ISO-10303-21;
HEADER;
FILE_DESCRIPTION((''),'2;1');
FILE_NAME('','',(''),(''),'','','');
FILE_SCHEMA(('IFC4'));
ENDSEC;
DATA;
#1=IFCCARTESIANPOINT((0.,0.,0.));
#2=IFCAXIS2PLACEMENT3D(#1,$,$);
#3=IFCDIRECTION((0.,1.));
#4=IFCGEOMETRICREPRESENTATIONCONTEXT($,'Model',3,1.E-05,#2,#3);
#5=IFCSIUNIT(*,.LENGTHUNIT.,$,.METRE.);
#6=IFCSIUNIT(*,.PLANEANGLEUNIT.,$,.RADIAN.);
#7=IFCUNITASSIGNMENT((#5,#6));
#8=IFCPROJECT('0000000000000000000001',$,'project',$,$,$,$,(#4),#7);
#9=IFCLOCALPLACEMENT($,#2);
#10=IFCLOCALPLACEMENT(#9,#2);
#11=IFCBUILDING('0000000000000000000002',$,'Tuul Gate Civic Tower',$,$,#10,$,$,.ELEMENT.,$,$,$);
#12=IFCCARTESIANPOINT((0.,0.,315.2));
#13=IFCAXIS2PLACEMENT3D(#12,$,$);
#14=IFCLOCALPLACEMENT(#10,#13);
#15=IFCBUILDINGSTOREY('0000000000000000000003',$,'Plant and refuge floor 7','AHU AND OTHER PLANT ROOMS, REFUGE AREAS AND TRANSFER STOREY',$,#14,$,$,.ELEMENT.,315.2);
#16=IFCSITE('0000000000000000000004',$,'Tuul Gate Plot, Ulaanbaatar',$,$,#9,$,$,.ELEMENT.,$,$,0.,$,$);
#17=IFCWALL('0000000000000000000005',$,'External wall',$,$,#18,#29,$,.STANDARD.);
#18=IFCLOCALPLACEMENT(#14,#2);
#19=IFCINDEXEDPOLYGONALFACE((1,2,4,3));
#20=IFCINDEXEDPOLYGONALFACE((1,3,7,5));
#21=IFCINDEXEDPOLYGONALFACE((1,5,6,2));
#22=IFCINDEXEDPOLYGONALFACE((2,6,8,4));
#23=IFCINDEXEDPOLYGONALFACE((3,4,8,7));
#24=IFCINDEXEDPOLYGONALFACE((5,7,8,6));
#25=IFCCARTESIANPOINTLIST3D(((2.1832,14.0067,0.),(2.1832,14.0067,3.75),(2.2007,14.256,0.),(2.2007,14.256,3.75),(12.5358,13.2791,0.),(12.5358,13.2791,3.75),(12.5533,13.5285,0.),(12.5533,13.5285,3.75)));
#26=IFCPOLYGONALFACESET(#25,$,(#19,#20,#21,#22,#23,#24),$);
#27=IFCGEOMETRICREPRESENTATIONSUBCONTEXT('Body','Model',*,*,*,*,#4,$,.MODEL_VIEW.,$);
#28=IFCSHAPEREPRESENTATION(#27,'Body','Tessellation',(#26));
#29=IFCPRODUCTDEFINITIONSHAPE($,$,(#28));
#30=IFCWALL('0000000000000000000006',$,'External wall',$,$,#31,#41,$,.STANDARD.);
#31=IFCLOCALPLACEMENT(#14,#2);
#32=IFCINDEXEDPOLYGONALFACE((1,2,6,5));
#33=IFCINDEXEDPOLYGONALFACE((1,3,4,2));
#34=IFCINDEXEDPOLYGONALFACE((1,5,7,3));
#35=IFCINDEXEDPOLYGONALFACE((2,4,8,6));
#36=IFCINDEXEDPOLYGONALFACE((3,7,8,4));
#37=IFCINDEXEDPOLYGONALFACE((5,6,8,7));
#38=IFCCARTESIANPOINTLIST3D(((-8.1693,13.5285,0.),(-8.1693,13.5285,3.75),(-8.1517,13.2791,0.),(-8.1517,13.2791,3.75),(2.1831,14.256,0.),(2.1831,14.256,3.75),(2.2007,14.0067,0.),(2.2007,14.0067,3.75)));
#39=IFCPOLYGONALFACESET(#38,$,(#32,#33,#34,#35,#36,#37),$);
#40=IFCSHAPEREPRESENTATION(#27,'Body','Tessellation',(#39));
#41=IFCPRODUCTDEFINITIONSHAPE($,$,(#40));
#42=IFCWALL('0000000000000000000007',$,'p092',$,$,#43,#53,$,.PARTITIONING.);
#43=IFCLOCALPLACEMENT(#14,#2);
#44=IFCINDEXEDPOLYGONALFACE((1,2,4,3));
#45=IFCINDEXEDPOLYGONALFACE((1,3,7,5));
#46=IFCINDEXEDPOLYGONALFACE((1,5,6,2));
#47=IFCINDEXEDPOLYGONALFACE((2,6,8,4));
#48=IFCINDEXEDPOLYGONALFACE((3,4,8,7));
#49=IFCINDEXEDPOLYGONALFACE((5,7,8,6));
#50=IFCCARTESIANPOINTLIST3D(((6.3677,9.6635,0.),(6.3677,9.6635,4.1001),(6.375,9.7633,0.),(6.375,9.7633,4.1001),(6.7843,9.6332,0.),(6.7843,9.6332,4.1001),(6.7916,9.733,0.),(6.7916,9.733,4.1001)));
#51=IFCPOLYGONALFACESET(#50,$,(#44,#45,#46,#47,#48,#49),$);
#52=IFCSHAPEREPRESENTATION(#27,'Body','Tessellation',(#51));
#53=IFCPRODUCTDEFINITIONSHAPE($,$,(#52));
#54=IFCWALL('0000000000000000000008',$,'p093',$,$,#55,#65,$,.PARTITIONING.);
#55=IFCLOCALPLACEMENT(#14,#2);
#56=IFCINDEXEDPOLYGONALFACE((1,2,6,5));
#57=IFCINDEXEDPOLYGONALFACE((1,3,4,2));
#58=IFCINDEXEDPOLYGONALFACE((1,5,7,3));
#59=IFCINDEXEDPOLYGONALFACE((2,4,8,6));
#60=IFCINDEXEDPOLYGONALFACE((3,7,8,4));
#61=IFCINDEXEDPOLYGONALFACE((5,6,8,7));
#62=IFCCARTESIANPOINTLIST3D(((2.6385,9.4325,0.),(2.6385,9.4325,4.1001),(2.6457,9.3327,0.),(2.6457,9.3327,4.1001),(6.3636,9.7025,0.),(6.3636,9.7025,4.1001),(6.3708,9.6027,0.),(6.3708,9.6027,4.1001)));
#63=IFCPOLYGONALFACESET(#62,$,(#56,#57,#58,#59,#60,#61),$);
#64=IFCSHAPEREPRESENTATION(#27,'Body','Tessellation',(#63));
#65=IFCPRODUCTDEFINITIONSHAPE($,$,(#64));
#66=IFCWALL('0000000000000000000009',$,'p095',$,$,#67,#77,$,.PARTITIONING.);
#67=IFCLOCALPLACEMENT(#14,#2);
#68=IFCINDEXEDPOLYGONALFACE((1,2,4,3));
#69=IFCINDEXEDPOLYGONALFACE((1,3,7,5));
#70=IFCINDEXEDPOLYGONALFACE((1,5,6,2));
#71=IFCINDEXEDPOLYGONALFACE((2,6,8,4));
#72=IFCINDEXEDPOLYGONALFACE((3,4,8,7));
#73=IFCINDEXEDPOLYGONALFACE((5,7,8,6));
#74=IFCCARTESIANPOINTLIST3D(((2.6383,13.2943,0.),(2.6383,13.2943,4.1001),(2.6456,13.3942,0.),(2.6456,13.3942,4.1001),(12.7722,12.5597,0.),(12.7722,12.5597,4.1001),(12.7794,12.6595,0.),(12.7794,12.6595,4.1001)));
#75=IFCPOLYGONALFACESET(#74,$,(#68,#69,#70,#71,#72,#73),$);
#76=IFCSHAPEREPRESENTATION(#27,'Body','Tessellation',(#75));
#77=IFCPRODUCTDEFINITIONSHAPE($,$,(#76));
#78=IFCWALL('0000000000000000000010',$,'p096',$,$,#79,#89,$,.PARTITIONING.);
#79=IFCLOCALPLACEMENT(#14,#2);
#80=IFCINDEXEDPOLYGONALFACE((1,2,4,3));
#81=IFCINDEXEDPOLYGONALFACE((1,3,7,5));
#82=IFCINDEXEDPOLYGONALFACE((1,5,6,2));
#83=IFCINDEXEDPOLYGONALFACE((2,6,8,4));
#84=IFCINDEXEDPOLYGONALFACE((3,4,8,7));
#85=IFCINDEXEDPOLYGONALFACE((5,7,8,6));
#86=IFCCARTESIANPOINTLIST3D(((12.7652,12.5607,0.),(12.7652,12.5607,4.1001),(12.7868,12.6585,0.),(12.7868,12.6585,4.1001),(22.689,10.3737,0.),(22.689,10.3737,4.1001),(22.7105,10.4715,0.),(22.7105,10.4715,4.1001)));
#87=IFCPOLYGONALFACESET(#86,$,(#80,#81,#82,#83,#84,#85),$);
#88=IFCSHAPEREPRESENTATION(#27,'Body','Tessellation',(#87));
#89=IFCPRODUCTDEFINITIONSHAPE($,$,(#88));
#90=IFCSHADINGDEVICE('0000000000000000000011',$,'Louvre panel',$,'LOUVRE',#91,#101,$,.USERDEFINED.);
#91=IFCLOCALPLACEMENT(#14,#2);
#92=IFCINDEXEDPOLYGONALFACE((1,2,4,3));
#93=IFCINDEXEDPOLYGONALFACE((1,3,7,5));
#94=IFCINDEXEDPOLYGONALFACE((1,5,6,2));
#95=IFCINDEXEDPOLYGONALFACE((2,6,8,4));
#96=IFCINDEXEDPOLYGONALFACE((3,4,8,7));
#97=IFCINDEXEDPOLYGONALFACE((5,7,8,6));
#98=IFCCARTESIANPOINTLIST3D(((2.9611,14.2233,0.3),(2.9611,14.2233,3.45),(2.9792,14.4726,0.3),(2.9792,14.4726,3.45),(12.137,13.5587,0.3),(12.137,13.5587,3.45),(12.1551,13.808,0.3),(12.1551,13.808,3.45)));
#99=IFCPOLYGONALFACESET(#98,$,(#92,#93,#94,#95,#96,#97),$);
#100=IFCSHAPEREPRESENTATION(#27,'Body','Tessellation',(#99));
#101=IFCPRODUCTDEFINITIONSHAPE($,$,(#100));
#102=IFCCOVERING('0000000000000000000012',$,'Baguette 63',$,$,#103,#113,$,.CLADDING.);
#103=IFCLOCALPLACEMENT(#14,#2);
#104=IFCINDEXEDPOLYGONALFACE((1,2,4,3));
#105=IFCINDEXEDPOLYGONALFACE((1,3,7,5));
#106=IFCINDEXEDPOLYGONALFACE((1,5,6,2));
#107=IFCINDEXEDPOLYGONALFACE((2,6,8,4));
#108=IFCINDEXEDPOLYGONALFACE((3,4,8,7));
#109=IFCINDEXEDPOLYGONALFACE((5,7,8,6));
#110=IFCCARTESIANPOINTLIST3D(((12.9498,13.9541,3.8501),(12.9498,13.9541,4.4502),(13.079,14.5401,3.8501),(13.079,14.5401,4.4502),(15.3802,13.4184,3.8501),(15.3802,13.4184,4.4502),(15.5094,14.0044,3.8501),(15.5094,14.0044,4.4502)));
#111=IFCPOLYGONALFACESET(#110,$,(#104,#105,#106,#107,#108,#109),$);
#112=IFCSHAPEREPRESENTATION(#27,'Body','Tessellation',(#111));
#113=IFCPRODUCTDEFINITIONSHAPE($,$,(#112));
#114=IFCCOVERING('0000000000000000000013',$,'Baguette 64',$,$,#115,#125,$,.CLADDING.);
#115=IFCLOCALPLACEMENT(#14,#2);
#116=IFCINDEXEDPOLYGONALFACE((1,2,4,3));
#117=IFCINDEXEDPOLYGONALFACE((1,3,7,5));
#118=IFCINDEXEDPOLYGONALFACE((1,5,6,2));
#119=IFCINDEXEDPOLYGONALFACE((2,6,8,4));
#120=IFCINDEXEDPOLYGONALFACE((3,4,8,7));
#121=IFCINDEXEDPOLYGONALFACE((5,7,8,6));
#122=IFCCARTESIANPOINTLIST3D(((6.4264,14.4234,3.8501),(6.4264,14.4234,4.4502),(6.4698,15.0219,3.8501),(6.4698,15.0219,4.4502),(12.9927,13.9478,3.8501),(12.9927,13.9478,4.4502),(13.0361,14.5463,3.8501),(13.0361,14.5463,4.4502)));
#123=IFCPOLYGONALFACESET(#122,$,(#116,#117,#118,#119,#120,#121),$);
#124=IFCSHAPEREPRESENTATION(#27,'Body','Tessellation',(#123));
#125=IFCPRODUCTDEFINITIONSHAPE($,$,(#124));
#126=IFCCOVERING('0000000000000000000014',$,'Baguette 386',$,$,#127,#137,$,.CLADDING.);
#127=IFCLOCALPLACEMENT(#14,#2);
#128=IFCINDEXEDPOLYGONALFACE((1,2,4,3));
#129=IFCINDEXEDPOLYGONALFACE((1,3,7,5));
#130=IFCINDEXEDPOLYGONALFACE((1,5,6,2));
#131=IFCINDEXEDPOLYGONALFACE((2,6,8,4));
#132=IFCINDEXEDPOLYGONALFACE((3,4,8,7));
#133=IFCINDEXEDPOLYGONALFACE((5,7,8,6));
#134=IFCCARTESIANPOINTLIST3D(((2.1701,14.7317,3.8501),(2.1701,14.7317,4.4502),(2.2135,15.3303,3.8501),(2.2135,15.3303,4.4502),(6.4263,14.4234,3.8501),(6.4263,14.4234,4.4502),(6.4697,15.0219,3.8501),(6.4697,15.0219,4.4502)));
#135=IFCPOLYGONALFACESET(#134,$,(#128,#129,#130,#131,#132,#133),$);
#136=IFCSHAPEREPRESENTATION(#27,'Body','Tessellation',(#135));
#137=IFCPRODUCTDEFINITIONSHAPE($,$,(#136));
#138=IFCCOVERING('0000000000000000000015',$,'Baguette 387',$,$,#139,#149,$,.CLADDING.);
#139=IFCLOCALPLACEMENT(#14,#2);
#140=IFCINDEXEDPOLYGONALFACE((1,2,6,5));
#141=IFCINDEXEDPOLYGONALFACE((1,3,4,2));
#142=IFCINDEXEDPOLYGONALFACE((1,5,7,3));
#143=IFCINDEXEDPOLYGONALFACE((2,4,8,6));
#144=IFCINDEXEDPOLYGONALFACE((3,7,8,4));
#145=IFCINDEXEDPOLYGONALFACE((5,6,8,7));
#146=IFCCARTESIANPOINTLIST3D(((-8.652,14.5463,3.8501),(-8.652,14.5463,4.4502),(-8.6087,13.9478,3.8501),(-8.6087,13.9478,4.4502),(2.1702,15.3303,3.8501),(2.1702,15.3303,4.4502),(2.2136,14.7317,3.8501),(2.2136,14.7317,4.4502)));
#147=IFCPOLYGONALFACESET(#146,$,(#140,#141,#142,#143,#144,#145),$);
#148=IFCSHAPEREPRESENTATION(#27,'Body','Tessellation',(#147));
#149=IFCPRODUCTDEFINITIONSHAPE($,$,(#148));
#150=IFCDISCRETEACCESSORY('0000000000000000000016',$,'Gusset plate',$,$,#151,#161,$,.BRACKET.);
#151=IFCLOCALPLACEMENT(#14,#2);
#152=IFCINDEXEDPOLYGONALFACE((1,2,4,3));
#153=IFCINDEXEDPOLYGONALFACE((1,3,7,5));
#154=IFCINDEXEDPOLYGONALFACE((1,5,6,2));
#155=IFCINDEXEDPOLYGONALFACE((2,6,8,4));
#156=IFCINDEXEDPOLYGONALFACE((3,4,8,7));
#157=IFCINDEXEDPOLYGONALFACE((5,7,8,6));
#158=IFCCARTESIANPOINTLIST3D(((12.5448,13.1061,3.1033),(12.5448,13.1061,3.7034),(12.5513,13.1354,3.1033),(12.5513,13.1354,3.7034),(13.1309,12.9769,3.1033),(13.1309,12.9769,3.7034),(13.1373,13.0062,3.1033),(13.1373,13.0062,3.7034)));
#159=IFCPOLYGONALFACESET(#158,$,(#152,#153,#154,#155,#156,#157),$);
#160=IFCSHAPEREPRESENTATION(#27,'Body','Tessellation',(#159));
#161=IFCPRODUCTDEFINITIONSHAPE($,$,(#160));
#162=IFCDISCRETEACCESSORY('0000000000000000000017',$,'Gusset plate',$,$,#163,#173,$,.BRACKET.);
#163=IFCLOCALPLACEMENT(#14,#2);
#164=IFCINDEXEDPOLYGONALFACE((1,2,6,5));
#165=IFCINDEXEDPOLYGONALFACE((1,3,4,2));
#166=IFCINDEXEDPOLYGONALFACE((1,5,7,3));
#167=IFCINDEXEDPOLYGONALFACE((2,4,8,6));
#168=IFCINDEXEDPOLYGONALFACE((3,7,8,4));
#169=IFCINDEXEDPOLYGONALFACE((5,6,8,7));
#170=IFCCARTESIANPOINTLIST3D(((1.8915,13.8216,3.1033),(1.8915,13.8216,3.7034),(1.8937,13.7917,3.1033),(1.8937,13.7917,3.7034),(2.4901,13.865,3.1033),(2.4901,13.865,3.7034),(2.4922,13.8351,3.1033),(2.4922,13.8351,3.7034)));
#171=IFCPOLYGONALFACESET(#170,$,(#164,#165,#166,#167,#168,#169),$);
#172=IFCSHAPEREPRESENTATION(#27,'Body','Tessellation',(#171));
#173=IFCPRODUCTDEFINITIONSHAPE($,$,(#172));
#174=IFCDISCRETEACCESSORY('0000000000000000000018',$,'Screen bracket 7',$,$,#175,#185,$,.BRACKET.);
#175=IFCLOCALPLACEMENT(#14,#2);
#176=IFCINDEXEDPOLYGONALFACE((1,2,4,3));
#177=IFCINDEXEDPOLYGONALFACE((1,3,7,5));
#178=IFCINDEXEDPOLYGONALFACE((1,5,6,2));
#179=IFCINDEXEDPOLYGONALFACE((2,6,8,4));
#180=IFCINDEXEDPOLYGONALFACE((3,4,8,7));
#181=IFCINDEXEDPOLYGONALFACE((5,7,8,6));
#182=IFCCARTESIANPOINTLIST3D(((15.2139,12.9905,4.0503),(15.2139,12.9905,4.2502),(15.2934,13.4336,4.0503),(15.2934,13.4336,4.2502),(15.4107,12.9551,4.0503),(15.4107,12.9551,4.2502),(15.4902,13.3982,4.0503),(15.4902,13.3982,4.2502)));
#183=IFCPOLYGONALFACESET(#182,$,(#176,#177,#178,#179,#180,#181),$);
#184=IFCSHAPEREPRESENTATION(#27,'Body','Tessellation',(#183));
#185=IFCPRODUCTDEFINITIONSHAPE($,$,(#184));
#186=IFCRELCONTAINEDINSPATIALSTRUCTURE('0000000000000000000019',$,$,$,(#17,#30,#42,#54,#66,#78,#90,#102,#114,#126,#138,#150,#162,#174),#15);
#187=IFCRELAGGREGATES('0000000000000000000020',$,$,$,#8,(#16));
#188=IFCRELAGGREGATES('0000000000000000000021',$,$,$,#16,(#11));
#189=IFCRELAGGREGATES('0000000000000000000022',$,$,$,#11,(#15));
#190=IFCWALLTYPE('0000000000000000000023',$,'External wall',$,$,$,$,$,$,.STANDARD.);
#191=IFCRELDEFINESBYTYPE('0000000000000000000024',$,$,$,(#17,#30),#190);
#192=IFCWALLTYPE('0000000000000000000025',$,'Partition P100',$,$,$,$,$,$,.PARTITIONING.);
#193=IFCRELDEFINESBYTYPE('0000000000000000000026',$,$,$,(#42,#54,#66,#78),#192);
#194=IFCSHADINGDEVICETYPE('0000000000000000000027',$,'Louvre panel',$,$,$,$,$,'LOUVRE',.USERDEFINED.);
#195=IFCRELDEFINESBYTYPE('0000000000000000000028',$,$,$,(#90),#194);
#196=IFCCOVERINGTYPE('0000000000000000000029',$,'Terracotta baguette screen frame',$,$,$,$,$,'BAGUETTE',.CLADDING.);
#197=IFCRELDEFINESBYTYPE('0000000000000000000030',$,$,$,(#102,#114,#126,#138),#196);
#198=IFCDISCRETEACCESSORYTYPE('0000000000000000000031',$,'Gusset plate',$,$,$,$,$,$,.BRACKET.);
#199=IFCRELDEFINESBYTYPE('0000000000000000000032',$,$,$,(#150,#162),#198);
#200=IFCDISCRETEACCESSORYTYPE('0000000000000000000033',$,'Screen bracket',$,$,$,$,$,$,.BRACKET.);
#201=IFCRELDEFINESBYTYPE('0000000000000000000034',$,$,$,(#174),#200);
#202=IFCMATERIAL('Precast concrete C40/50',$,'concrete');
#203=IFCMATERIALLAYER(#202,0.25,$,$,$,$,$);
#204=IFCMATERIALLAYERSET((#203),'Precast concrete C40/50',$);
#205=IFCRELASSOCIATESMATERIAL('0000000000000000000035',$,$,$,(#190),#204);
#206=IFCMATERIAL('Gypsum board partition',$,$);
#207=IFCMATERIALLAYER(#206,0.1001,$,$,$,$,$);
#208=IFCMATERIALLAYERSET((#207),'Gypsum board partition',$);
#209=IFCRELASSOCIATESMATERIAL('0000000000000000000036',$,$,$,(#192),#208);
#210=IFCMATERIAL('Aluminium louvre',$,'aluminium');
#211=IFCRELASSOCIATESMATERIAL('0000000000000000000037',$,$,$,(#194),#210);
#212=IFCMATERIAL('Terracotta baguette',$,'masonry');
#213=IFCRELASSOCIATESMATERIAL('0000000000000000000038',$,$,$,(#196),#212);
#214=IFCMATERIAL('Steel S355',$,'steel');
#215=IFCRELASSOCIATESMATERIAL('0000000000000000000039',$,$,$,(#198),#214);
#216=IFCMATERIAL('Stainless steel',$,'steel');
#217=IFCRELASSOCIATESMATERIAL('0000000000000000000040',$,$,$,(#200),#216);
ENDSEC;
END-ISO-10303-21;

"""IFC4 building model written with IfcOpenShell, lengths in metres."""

from ifc_helpers import new_model, si_unit, direction, frame, frame_2d, origin, origin_2d, place, context, subcontext, project, spatial, rectangle, extrude, material, layer, layer_set, material_profile, profile_set, type_object, element, save


model = new_model("IFC4")

# Units and contexts
model_context = context("Model", 3, precision=1e-05, world=origin(), true_north=direction((0.0, 1.0)))
body_context = subcontext(model_context, "Body", "Model", "MODEL_VIEW")
ifc_project = project(units=[si_unit("LENGTHUNIT", "METRE"), si_unit("PLANEANGLEUNIT", "RADIAN")], contexts=[model_context])

# Site, building, storey
site_placement = place(None, origin())
site = spatial("IfcSite", under=ifc_project, at=site_placement, Name="Tuul Gate Plot, Ulaanbaatar", CompositionType="ELEMENT", RefElevation=0.0)
building_placement = place(site_placement, origin())
building = spatial("IfcBuilding", under=site, at=building_placement, Name="Tuul Gate Civic Tower", CompositionType="ELEMENT")
storey_placement = place(building_placement, frame((0.0, 0.0, 315.2)))
storey = spatial("IfcBuildingStorey", under=building, at=storey_placement, Name="Plant and refuge floor 7", Description="AHU AND OTHER PLANT ROOMS, REFUGE AREAS AND TRANSFER STOREY", CompositionType="ELEMENT", Elevation=315.2)

# Walls
ifc_material_1 = material(Name="Precast concrete C40/50", Category="concrete")
ifc_layer_1 = layer(ifc_material_1, 0.25)
ifc_layer_set_1 = layer_set([ifc_layer_1], Name="Precast concrete C40/50")
wall_type_1 = type_object("IfcWallType", Name="External wall", PredefinedType="STANDARD", material=ifc_layer_set_1)
wall_1_placement = place(storey_placement, frame((12.5444, 13.4038, 0.0), z_axis=(0.0, 0.0, 1.0), x_axis=(-0.99754, 0.070103, 0.0)))
element("IfcWall", 1, at=wall_1_placement, inside=storey, type_object=wall_type_1, Name="External wall", PredefinedType="STANDARD", context=body_context, shape_type="SweptSolid", body=[
    extrude(rectangle(XDim=10.3782, YDim=0.25, at=frame_2d((5.189, 0.0))), origin(), (0.0, 0.0, 1.0), 3.75),
])
wall_2_placement = place(storey_placement, frame((2.1919, 14.1313, 0.0), z_axis=(0.0, 0.0, 1.0), x_axis=(-0.99754, -0.070105, 0.0)))
element("IfcWall", 2, at=wall_2_placement, inside=storey, type_object=wall_type_1, Name="External wall", PredefinedType="STANDARD", context=body_context, shape_type="SweptSolid", body=[
    extrude(rectangle(XDim=10.3779, YDim=0.25, at=frame_2d((5.189, 0.0))), origin(), (0.0, 0.0, 1.0), 3.75),
])
ifc_material_2 = material(Name="Gypsum board partition")
ifc_layer_2 = layer(ifc_material_2, 0.1001)
ifc_layer_set_2 = layer_set([ifc_layer_2], Name="Gypsum board partition")
wall_type_2 = type_object("IfcWallType", Name="Partition P100", PredefinedType="PARTITIONING", material=ifc_layer_set_2)
wall_3_placement = place(storey_placement, frame((6.7881, 9.6831, 0.0), z_axis=(0.0, 0.0, 1.0), x_axis=(-0.997369, 0.072493, 0.0)))
element("IfcWall", 3, at=wall_3_placement, inside=storey, type_object=wall_type_2, Name="p092", PredefinedType="PARTITIONING", context=body_context, shape_type="SweptSolid", body=[
    extrude(rectangle(XDim=0.4177, YDim=0.1001, at=frame_2d((0.209, 0.0))), origin(), (0.0, 0.0, 1.0), 4.1001),
])
wall_4_placement = place(storey_placement, frame((6.3672, 9.6526, 0.0), z_axis=(0.0, 0.0, 1.0), x_axis=(-0.997383, -0.072297, 0.0)))
element("IfcWall", 4, at=wall_4_placement, inside=storey, type_object=wall_type_2, Name="p093", PredefinedType="PARTITIONING", context=body_context, shape_type="SweptSolid", body=[
    extrude(rectangle(XDim=3.7349, YDim=0.1001, at=frame_2d((1.8674, 0.0))), origin(), (0.0, 0.0, 1.0), 4.1001),
])
wall_5_placement = place(storey_placement, frame((2.6421, 13.3442, 0.0), z_axis=(0.0, 0.0, 1.0), x_axis=(0.997383, -0.072302, 0.0)))
element("IfcWall", 5, at=wall_5_placement, inside=storey, type_object=wall_type_2, Name="p095", PredefinedType="PARTITIONING", context=body_context, shape_type="SweptSolid", body=[
    extrude(rectangle(XDim=10.1604, YDim=0.1001, at=frame_2d((5.0801, 0.0))), origin(), (0.0, 0.0, 1.0), 4.1001),
])
wall_6_placement = place(storey_placement, frame((12.7759, 12.6096, 0.0), z_axis=(0.0, 0.0, 1.0), x_axis=(0.976567, -0.215216, 0.0)))
element("IfcWall", 6, at=wall_6_placement, inside=storey, type_object=wall_type_2, Name="p096", PredefinedType="PARTITIONING", context=body_context, shape_type="SweptSolid", body=[
    extrude(rectangle(XDim=10.1619, YDim=0.1001, at=frame_2d((5.0811, 0.0))), origin(), (0.0, 0.0, 1.0), 4.1001),
])

# Shading device
ifc_material_3 = material(Name="Aluminium louvre", Category="aluminium")
shading_device_type = type_object("IfcShadingDeviceType", Name="Louvre panel", ElementType="LOUVRE", PredefinedType="USERDEFINED", material=ifc_material_3)
shading_device_placement = place(storey_placement, frame((7.5581, 14.0156, 0.3), z_axis=(0.0, 0.0, 1.0), x_axis=(0.072239, 0.997387, 0.0)))
element("IfcShadingDevice", 7, at=shading_device_placement, inside=storey, type_object=shading_device_type, Name="Louvre panel", ObjectType="LOUVRE", PredefinedType="USERDEFINED", context=body_context, shape_type="SweptSolid", body=[
    extrude(rectangle(XDim=0.25, YDim=9.2, at=origin_2d()), origin(), (0.0, 0.0, 1.0), 3.1499),
])

# Coverings
ifc_material_4 = material(Name="Terracotta baguette", Category="masonry")
ifc_material_profile_1 = material_profile(ifc_material_4, rectangle(XDim=0.6001, YDim=0.6001, at=origin_2d()), Name="Terracotta baguette screen frame")
ifc_profile_set_1 = profile_set([ifc_material_profile_1], Name="Terracotta baguette")
covering_type = type_object("IfcCoveringType", Name="Terracotta baguette screen frame", ElementType="BAGUETTE", PredefinedType="CLADDING", material=ifc_profile_set_1)
covering_1_placement = place(storey_placement, frame((15.4448, 13.7114, 4.1501), z_axis=(-0.976564, 0.215227, 0.0), x_axis=(-0.215227, -0.976564, 0.0)))
element("IfcCovering", 8, at=covering_1_placement, inside=storey, type_object=covering_type, Name="Baguette 63", PredefinedType="CLADDING", context=body_context, shape_type="SweptSolid", body=[
    extrude(rectangle(XDim=0.6001, YDim=0.6001, at=origin_2d()), origin(), (0.0, 0.0, 1.0), 2.4888),
])
covering_2_placement = place(storey_placement, frame((13.0144, 14.2471, 4.1501), z_axis=(-0.997387, 0.072238, 0.0), x_axis=(-0.072238, -0.997387, 0.0)))
element("IfcCovering", 9, at=covering_2_placement, inside=storey, type_object=covering_type, Name="Baguette 64", PredefinedType="CLADDING", context=body_context, shape_type="SweptSolid", body=[
    extrude(rectangle(XDim=0.6001, YDim=0.6001, at=origin_2d()), origin(), (0.0, 0.0, 1.0), 6.5835),
])
covering_3_placement = place(storey_placement, frame((6.448, 14.7227, 4.1501), z_axis=(-0.997386, 0.072259, 0.0), x_axis=(-0.072259, -0.997386, 0.0)))
element("IfcCovering", 10, at=covering_3_placement, inside=storey, type_object=covering_type, Name="Baguette 386", PredefinedType="CLADDING", context=body_context, shape_type="SweptSolid", body=[
    extrude(rectangle(XDim=0.6001, YDim=0.6001, at=origin_2d()), origin(), (0.0, 0.0, 1.0), 4.2673),
])
covering_4_placement = place(storey_placement, frame((2.1919, 15.031, 4.1501), z_axis=(-0.997387, -0.072248, 0.0), x_axis=(0.072248, -0.997387, 0.0)))
element("IfcCovering", 11, at=covering_4_placement, inside=storey, type_object=covering_type, Name="Baguette 387", PredefinedType="CLADDING", context=body_context, shape_type="SweptSolid", body=[
    extrude(rectangle(XDim=0.6001, YDim=0.6001, at=origin_2d()), origin(), (0.0, 0.0, 1.0), 10.8506),
])

# Discrete accessories
ifc_material_5 = material(Name="Steel S355", Category="steel")
discrete_accessory_type_1 = type_object("IfcDiscreteAccessoryType", Name="Gusset plate", PredefinedType="BRACKET", material=ifc_material_5)
for number, where, z_axis, x_axis, name in (
    (12, (12.8411, 13.0562, 3.1033), (0.0, 0.0, 1.0), (0.976569, -0.215205, 0.0), "Gusset plate"),
    (13, (2.1919, 13.8284, 3.1033), (0.0, 0.0, 1.0), (-0.997383, -0.072305, 0.0), "Gusset plate"),
):
    element("IfcDiscreteAccessory", number, at=place(storey_placement, frame(where, z_axis=z_axis, x_axis=x_axis)), inside=storey, type_object=discrete_accessory_type_1, Name=name, PredefinedType="BRACKET", context=body_context, shape_type="SweptSolid", body=[
        extrude(rectangle(XDim=0.6001, YDim=0.03, at=origin_2d()), origin(), (0.0, 0.0, 1.0), 0.6001),
    ])
ifc_material_6 = material(Name="Stainless steel", Category="steel")
discrete_accessory_type_2 = type_object("IfcDiscreteAccessoryType", Name="Screen bracket", PredefinedType="BRACKET", material=ifc_material_6)
discrete_accessory_placement = place(storey_placement, frame((15.3521, 13.1943, 4.0503), z_axis=(0.0, 0.0, 1.0), x_axis=(0.176796, 0.984247, 0.0)))
element("IfcDiscreteAccessory", 14, at=discrete_accessory_placement, inside=storey, type_object=discrete_accessory_type_2, Name="Screen bracket 7", PredefinedType="BRACKET", context=body_context, shape_type="SweptSolid", body=[
    extrude(rectangle(XDim=0.4502, YDim=0.2, at=origin_2d()), origin(), (0.0, 0.0, 1.0), 0.2),
])

save(model, "model.ifc")
